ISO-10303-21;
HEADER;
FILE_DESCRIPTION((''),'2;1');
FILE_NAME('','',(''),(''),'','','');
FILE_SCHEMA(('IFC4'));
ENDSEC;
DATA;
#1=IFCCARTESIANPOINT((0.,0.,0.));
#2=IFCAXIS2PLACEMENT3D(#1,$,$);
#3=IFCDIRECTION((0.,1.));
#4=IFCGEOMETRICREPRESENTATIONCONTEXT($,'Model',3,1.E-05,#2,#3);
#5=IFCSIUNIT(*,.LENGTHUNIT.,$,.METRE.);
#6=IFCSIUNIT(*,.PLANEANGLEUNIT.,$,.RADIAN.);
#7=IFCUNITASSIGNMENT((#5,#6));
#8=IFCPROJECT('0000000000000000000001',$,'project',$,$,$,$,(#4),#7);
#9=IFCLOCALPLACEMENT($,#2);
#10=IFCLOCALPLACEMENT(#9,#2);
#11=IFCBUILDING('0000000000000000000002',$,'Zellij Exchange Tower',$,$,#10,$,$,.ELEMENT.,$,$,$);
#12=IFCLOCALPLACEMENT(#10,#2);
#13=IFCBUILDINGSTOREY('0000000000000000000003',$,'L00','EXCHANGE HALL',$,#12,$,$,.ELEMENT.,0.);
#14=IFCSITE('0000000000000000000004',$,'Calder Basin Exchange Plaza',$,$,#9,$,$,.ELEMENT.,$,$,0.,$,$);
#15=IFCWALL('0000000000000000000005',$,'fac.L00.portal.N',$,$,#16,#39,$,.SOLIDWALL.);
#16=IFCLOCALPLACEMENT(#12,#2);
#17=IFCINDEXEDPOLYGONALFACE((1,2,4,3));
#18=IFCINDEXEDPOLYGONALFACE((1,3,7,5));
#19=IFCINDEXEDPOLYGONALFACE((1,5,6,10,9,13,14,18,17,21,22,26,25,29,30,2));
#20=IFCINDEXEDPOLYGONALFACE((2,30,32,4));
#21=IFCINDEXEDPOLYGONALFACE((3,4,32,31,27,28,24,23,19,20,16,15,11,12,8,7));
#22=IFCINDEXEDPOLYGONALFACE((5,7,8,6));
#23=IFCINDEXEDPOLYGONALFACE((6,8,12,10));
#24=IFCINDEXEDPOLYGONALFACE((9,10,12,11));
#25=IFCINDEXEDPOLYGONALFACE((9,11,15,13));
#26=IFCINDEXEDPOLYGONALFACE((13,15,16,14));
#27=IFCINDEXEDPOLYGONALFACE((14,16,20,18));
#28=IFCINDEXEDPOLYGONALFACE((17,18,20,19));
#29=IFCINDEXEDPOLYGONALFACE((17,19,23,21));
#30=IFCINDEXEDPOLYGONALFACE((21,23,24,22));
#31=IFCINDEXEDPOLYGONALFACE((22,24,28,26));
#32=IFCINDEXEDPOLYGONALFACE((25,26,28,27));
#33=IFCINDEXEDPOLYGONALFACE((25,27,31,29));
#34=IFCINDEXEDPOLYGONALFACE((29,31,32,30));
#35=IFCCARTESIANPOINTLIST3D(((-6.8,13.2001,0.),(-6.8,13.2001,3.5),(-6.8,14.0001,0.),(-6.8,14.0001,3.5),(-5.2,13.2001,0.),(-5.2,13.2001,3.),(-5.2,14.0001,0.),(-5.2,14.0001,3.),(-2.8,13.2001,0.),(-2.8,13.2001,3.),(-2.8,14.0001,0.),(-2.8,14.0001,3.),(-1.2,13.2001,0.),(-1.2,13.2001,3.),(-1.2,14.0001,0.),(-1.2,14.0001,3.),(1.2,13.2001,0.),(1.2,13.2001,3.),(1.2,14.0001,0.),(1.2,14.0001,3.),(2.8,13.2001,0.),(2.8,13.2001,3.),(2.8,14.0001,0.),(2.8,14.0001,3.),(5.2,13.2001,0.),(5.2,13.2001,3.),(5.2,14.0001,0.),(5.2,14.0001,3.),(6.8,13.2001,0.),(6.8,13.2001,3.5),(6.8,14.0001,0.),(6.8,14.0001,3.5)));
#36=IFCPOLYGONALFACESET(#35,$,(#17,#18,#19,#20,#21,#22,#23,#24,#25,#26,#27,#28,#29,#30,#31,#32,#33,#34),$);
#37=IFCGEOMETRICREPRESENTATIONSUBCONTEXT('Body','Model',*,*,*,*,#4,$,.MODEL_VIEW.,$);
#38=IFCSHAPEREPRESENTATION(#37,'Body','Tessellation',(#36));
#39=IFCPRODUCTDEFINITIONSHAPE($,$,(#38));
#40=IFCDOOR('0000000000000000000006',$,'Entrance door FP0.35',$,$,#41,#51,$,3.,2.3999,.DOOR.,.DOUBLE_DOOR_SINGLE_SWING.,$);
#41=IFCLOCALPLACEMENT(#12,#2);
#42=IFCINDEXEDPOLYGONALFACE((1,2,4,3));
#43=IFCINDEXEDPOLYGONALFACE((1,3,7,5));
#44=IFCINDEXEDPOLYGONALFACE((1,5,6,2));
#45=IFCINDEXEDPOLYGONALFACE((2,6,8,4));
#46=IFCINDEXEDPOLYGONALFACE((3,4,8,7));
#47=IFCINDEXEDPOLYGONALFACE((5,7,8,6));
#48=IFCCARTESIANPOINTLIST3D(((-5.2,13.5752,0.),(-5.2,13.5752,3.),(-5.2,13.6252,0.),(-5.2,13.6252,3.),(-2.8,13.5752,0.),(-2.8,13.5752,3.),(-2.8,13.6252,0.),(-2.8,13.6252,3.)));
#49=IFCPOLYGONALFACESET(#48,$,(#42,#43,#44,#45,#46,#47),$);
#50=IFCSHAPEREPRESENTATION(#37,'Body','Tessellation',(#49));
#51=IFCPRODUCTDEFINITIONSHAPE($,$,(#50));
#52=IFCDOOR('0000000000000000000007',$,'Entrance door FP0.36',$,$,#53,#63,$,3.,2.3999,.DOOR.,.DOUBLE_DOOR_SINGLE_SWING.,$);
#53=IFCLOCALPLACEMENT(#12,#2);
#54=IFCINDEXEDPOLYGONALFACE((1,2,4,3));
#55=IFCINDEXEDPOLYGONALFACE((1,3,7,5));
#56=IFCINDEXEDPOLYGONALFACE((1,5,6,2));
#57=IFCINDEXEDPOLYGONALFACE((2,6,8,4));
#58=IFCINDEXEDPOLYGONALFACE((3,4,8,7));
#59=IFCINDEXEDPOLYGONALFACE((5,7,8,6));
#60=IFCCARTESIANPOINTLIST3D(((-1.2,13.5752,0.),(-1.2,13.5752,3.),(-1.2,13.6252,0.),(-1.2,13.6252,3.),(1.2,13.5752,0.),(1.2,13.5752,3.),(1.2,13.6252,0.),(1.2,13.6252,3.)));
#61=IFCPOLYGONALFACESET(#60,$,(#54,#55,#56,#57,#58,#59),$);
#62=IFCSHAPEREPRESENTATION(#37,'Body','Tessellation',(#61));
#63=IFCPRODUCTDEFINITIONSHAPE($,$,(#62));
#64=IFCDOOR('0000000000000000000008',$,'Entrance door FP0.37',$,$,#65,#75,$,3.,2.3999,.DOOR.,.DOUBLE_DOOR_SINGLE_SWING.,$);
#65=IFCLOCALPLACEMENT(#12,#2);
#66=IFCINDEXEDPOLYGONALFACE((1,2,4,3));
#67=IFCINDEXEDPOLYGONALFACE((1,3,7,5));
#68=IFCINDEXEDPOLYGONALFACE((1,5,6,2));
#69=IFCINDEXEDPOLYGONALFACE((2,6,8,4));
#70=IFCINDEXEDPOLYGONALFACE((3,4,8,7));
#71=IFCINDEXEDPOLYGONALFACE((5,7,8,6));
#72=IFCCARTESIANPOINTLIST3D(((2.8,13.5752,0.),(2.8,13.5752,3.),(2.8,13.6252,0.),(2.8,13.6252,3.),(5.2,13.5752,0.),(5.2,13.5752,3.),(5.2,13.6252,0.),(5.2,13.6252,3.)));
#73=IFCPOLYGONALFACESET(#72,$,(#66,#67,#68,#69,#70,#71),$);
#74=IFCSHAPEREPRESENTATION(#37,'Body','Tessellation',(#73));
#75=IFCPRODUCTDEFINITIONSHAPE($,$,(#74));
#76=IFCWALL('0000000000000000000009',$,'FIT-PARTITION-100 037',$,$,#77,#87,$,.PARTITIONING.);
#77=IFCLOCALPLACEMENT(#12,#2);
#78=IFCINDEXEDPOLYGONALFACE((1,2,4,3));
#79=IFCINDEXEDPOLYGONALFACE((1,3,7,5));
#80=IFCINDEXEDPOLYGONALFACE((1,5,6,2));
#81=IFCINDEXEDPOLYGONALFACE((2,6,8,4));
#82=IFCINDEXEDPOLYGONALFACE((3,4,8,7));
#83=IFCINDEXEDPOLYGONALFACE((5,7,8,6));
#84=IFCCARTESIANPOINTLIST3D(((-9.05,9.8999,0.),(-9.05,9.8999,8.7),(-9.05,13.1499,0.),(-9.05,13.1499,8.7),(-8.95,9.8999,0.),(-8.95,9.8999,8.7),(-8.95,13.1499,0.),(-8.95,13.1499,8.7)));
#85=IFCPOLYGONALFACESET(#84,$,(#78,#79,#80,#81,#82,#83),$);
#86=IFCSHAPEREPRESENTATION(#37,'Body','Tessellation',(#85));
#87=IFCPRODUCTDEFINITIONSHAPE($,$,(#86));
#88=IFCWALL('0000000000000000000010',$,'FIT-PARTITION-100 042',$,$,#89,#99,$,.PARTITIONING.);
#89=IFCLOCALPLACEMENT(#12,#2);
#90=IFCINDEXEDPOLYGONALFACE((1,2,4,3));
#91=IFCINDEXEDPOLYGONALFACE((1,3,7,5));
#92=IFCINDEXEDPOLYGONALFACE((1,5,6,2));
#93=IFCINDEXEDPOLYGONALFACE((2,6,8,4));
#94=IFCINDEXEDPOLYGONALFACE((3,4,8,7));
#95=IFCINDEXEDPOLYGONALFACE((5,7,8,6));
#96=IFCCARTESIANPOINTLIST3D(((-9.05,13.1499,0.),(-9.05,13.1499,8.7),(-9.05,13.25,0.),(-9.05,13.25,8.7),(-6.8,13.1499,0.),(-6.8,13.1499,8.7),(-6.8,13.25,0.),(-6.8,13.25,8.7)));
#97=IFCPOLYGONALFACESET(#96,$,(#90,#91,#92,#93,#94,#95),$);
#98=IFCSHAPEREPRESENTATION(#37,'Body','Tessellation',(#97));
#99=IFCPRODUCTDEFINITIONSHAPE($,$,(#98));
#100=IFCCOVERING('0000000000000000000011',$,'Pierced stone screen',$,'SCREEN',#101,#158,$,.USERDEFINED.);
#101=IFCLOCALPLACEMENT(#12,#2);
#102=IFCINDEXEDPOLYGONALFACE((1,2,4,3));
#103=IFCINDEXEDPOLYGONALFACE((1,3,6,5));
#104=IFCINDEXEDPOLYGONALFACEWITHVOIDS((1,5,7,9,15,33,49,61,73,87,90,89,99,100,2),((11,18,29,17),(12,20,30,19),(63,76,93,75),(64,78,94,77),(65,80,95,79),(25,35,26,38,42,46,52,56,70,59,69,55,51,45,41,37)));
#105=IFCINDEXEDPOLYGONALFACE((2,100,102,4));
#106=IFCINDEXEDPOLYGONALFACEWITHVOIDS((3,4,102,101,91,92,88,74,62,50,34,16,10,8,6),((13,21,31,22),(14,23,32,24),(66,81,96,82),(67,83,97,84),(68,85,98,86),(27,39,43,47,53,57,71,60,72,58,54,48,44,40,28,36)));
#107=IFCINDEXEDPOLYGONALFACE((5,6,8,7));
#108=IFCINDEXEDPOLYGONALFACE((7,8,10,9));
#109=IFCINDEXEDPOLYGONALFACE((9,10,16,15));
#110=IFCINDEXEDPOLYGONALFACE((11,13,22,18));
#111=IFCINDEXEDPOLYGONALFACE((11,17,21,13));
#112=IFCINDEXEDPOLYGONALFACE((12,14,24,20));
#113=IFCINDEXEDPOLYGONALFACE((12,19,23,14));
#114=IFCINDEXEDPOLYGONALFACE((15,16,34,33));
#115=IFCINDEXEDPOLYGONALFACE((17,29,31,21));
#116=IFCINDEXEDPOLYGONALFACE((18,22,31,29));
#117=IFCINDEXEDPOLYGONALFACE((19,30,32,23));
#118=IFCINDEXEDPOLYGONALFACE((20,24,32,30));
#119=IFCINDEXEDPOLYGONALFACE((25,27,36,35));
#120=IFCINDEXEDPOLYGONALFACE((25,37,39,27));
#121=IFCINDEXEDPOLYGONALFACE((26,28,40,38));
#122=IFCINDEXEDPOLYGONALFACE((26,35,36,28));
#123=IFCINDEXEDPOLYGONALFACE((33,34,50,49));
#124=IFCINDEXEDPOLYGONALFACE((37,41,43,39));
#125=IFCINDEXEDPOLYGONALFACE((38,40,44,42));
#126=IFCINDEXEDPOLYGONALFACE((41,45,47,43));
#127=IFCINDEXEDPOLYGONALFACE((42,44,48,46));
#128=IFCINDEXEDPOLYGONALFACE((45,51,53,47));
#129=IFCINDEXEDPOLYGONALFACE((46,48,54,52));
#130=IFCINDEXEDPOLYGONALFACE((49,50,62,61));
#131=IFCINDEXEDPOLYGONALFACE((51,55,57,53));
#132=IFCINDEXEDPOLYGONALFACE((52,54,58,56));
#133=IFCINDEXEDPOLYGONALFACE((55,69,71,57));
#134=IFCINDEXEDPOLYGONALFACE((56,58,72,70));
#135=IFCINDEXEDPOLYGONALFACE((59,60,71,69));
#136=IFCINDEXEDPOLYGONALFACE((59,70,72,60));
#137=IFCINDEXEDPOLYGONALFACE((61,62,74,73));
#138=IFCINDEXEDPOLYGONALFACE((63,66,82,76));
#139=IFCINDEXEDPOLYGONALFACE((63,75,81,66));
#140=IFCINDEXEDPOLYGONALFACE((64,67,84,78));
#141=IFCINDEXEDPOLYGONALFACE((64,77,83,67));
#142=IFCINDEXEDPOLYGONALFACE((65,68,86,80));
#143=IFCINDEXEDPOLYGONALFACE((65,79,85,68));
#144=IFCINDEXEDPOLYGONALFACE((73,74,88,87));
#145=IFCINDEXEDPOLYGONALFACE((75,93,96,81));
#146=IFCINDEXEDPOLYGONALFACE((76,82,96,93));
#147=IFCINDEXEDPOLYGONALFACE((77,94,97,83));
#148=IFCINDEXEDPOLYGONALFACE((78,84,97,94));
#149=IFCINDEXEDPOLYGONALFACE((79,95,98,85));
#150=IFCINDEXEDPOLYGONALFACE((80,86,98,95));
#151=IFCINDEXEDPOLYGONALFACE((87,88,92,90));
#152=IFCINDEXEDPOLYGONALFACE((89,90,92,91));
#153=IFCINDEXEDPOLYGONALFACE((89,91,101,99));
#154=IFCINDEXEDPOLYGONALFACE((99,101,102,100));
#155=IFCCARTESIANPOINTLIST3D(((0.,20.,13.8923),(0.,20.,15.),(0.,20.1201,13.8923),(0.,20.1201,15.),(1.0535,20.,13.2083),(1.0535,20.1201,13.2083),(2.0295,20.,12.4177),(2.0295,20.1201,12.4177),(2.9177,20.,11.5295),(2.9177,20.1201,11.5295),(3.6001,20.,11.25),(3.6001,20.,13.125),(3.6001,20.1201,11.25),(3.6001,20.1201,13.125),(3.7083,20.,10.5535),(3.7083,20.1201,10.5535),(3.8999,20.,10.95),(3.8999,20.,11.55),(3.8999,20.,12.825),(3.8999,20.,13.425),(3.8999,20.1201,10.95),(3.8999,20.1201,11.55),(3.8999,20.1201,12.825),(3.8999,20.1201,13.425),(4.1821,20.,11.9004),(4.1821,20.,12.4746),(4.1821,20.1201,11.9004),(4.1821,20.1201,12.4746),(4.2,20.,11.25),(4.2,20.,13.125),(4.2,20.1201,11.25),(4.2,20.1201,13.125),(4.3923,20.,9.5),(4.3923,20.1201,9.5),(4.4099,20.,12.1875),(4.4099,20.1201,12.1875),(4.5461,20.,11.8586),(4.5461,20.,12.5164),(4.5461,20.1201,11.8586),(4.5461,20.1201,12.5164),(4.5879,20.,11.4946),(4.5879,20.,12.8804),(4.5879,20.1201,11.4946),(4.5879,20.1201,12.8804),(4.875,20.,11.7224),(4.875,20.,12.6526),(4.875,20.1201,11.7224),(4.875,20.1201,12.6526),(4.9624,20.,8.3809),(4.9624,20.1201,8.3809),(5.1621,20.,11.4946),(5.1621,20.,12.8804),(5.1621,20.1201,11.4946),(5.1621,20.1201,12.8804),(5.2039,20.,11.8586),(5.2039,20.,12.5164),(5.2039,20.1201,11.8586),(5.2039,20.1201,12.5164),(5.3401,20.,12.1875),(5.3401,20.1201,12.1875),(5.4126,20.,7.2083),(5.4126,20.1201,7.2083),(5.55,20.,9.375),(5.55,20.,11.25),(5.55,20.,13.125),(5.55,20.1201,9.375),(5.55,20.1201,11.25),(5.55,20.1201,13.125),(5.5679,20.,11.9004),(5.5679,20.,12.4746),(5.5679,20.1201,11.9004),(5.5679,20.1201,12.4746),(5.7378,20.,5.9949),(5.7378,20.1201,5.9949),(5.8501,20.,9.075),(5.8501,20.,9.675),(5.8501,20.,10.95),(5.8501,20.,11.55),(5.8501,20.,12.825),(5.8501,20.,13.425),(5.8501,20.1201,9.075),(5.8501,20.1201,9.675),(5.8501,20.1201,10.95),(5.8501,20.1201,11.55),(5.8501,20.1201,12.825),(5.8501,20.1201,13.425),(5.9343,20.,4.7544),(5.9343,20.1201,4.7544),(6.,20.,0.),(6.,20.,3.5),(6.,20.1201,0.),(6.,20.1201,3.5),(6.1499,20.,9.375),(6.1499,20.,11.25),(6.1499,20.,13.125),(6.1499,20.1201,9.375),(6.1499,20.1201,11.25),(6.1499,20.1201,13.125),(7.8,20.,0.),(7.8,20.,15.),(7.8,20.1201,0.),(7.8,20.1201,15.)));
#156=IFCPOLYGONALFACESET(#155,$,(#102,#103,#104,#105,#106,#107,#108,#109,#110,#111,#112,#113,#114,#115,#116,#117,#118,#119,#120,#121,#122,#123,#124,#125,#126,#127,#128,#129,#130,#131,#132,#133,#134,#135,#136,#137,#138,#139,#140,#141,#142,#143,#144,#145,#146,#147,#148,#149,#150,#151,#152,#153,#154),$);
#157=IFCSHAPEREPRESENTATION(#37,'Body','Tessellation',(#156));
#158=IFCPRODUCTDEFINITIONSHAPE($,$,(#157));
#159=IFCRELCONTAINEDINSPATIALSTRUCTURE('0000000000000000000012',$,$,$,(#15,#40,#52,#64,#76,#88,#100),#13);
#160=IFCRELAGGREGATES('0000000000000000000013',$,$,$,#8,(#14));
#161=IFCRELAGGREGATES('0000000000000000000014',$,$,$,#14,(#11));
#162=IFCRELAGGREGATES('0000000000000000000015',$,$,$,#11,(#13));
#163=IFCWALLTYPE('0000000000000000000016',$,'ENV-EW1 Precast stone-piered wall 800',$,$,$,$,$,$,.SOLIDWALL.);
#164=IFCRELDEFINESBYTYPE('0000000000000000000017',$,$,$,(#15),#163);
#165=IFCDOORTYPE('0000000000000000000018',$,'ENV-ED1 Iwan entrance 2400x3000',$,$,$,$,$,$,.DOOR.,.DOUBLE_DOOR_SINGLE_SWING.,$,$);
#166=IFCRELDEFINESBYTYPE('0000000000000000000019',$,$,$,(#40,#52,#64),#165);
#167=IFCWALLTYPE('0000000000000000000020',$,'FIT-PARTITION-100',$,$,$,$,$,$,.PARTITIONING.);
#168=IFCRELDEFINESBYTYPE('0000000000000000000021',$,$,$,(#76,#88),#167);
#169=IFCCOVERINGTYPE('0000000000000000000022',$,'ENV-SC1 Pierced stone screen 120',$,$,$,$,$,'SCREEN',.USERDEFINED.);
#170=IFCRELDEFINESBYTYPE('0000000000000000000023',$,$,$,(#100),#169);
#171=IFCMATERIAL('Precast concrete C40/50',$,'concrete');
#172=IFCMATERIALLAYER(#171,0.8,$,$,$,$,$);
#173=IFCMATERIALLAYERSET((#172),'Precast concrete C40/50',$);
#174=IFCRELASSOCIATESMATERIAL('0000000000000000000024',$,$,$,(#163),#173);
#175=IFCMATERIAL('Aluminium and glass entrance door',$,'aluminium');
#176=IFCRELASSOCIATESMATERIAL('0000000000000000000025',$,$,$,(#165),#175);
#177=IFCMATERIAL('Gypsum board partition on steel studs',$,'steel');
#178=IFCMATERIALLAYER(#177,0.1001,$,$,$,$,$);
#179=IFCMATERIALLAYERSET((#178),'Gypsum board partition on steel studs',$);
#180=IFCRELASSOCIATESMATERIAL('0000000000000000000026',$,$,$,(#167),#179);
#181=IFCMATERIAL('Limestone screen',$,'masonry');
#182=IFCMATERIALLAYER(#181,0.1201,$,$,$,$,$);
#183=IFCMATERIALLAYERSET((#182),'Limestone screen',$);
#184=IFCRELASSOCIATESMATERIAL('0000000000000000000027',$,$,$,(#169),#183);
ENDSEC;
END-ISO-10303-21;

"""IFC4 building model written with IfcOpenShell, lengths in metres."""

from ifc_helpers import new_model, si_unit, direction, frame, frame_2d, origin, place, context, subcontext, project, spatial, polyline, rectangle, outline, extrude, material, layer, layer_set, type_object, element, fill, save


model = new_model("IFC4")

# Units and contexts
model_context = context("Model", 3, precision=1e-05, world=origin(), true_north=direction((0.0, 1.0)))
body_context = subcontext(model_context, "Body", "Model", "MODEL_VIEW")
ifc_project = project(units=[si_unit("LENGTHUNIT", "METRE"), si_unit("PLANEANGLEUNIT", "RADIAN")], contexts=[model_context])

# Site, building, storey
site_placement = place(None, origin())
site = spatial("IfcSite", under=ifc_project, at=site_placement, Name="Calder Basin Exchange Plaza", CompositionType="ELEMENT", RefElevation=0.0)
building_placement = place(site_placement, origin())
building = spatial("IfcBuilding", under=site, at=building_placement, Name="Zellij Exchange Tower", CompositionType="ELEMENT")
storey_placement = place(building_placement, origin())
storey = spatial("IfcBuildingStorey", under=building, at=storey_placement, Name="L00", Description="EXCHANGE HALL", CompositionType="ELEMENT", Elevation=0.0)

# Shared definitions
ifc_material_1 = material(Name="Precast concrete C40/50", Category="concrete")
ifc_layer_1 = layer(ifc_material_1, 0.8)
ifc_layer_set_1 = layer_set([ifc_layer_1], Name="Precast concrete C40/50")
wall_type_1 = type_object("IfcWallType", Name="ENV-EW1 Precast stone-piered wall 800", PredefinedType="SOLIDWALL", material=ifc_layer_set_1)

# Wall, openings, doors
wall_1_placement = place(storey_placement, frame((-6.8, 13.6001, 0.0), z_axis=(0.0, 0.0, 1.0), x_axis=(1.0, 0.0, 0.0)))
wall_1 = element("IfcWall", 1, at=wall_1_placement, inside=storey, type_object=wall_type_1, Name="fac.L00.portal.N", PredefinedType="SOLIDWALL", context=body_context, shape_type="SweptSolid", body=[
    extrude(rectangle(XDim=13.6001, YDim=0.8, at=frame_2d((6.8, 0.0))), origin(), (0.0, 0.0, 1.0), 3.5),
])
opening_1_placement = place(wall_1_placement, frame((1.6001, 0.0, 0.0)))
opening_1 = element("IfcOpeningElement", 2, at=opening_1_placement, cuts=wall_1, PredefinedType="OPENING", context=body_context, shape_type="SweptSolid", body=[
    extrude(rectangle(XDim=2.3999, YDim=3.0, at=frame_2d((1.2, 1.5))), frame((0.0, 0.4121, 0.0), z_axis=(0.0, -1.0, 0.0), x_axis=(1.0, 0.0, 0.0)), (0.0, 0.0, 1.0), 0.824),
])
opening_2_placement = place(wall_1_placement, frame((5.6001, 0.0, 0.0)))
opening_2 = element("IfcOpeningElement", 3, at=opening_2_placement, cuts=wall_1, PredefinedType="OPENING", context=body_context, shape_type="SweptSolid", body=[
    extrude(rectangle(XDim=2.3999, YDim=3.0, at=frame_2d((1.2, 1.5))), frame((0.0, 0.4121, 0.0), z_axis=(0.0, -1.0, 0.0), x_axis=(1.0, 0.0, 0.0)), (0.0, 0.0, 1.0), 0.824),
])
opening_3_placement = place(wall_1_placement, frame((9.6001, 0.0, 0.0)))
opening_3 = element("IfcOpeningElement", 4, at=opening_3_placement, cuts=wall_1, PredefinedType="OPENING", context=body_context, shape_type="SweptSolid", body=[
    extrude(rectangle(XDim=2.3999, YDim=3.0, at=frame_2d((1.2, 1.5))), frame((0.0, 0.4121, 0.0), z_axis=(0.0, -1.0, 0.0), x_axis=(1.0, 0.0, 0.0)), (0.0, 0.0, 1.0), 0.824),
])
ifc_material_2 = material(Name="Aluminium and glass entrance door", Category="aluminium")
door_type = type_object("IfcDoorType", Name="ENV-ED1 Iwan entrance 2400x3000", OperationType="DOUBLE_DOOR_SINGLE_SWING", PredefinedType="DOOR", material=ifc_material_2)
door_1_placement = place(opening_1_placement, frame((2.3999, 0.0, 0.0), z_axis=(0.0, 0.0, 1.0), x_axis=(-1.0, 0.0, 0.0)))
door_1 = element("IfcDoor", 5, at=door_1_placement, inside=storey, type_object=door_type, Name="Entrance door FP0.35", OperationType="DOUBLE_DOOR_SINGLE_SWING", OverallHeight=3.0, OverallWidth=2.3999, PredefinedType="DOOR", context=body_context, shape_type="SweptSolid", body=[
    extrude(rectangle(XDim=2.3999, YDim=3.0, at=frame_2d((1.2, 1.5))), frame((0.0, 0.0249, 0.0), z_axis=(0.0, -1.0, 0.0), x_axis=(1.0, 0.0, 0.0)), (0.0, 0.0, 1.0), 0.05),
])
fill(opening_1, door_1)
door_2_placement = place(opening_2_placement, frame((2.3999, 0.0, 0.0), z_axis=(0.0, 0.0, 1.0), x_axis=(-1.0, 0.0, 0.0)))
door_2 = element("IfcDoor", 6, at=door_2_placement, inside=storey, type_object=door_type, Name="Entrance door FP0.36", OperationType="DOUBLE_DOOR_SINGLE_SWING", OverallHeight=3.0, OverallWidth=2.3999, PredefinedType="DOOR", context=body_context, shape_type="SweptSolid", body=[
    extrude(rectangle(XDim=2.3999, YDim=3.0, at=frame_2d((1.2, 1.5))), frame((0.0, 0.0249, 0.0), z_axis=(0.0, -1.0, 0.0), x_axis=(1.0, 0.0, 0.0)), (0.0, 0.0, 1.0), 0.05),
])
fill(opening_2, door_2)
door_3_placement = place(opening_3_placement, frame((2.3999, 0.0, 0.0), z_axis=(0.0, 0.0, 1.0), x_axis=(-1.0, 0.0, 0.0)))
door_3 = element("IfcDoor", 7, at=door_3_placement, inside=storey, type_object=door_type, Name="Entrance door FP0.37", OperationType="DOUBLE_DOOR_SINGLE_SWING", OverallHeight=3.0, OverallWidth=2.3999, PredefinedType="DOOR", context=body_context, shape_type="SweptSolid", body=[
    extrude(rectangle(XDim=2.3999, YDim=3.0, at=frame_2d((1.2, 1.5))), frame((0.0, 0.0249, 0.0), z_axis=(0.0, -1.0, 0.0), x_axis=(1.0, 0.0, 0.0)), (0.0, 0.0, 1.0), 0.05),
])
fill(opening_3, door_3)

# Walls
ifc_material_3 = material(Name="Gypsum board partition on steel studs", Category="steel")
ifc_layer_2 = layer(ifc_material_3, 0.1001)
ifc_layer_set_2 = layer_set([ifc_layer_2], Name="Gypsum board partition on steel studs")
wall_type_2 = type_object("IfcWallType", Name="FIT-PARTITION-100", PredefinedType="PARTITIONING", material=ifc_layer_set_2)
wall_2_placement = place(storey_placement, frame((-9.0, 9.8999, 0.0), z_axis=(0.0, 0.0, 1.0), x_axis=(0.0, 1.0, 0.0)))
element("IfcWall", 8, at=wall_2_placement, inside=storey, type_object=wall_type_2, Name="FIT-PARTITION-100 037", PredefinedType="PARTITIONING", context=body_context, shape_type="SweptSolid", body=[
    extrude(rectangle(XDim=3.25, YDim=0.1001, at=frame_2d((1.625, 0.0))), origin(), (0.0, 0.0, 1.0), 8.7),
])
wall_3_placement = place(storey_placement, frame((-9.05, 13.2, 0.0), z_axis=(0.0, 0.0, 1.0), x_axis=(1.0, 0.0, 0.0)))
element("IfcWall", 9, at=wall_3_placement, inside=storey, type_object=wall_type_2, Name="FIT-PARTITION-100 042", PredefinedType="PARTITIONING", context=body_context, shape_type="SweptSolid", body=[
    extrude(rectangle(XDim=2.25, YDim=0.1001, at=frame_2d((1.125, 0.0))), origin(), (0.0, 0.0, 1.0), 8.7),
])

# Covering
ifc_material_4 = material(Name="Limestone screen", Category="masonry")
ifc_layer_3 = layer(ifc_material_4, 0.1201)
ifc_layer_set_3 = layer_set([ifc_layer_3], Name="Limestone screen")
covering_type = type_object("IfcCoveringType", Name="ENV-SC1 Pierced stone screen 120", ElementType="SCREEN", PredefinedType="USERDEFINED", material=ifc_layer_set_3)
covering_1_placement = place(storey_placement, frame((0.0, 20.0601, 0.0), z_axis=(0.0, 0.0, 1.0), x_axis=(1.0, 0.0, 0.0)))
element("IfcCovering", 10, at=covering_1_placement, inside=storey, type_object=covering_type, Name="Pierced stone screen", ObjectType="SCREEN", PredefinedType="USERDEFINED", context=body_context, shape_type="SweptSolid", body=[
    extrude(outline(polyline([(6.0, 0.0), (7.8, 0.0), (7.8, 15.0), (0.0, 15.0), (0.0, 13.8923), (1.0535, 13.2083), (2.0295, 12.4177), (2.9177, 11.5295), (3.7083, 10.5535), (4.3923, 9.5), (4.9624, 8.3809), (5.4126, 7.2083), (5.7378, 5.9949), (5.9343, 4.7544), (6.0, 3.5), (6.0, 0.0)]), holes=[polyline([(5.5679, 12.4746), (5.2039, 12.5164), (5.1621, 12.8804), (4.875, 12.6526), (4.5879, 12.8804), (4.5461, 12.5164), (4.1821, 12.4746), (4.4099, 12.1875), (4.1821, 11.9004), (4.5461, 11.8586), (4.5879, 11.4946), (4.875, 11.7224), (5.1621, 11.4946), (5.2039, 11.8586), (5.5679, 11.9004), (5.3401, 12.1875), (5.5679, 12.4746)]), polyline([(4.2, 11.25), (3.8999, 11.55), (3.6001, 11.25), (3.8999, 10.95), (4.2, 11.25)]), polyline([(4.2, 13.125), (3.8999, 13.425), (3.6001, 13.125), (3.8999, 12.825), (4.2, 13.125)]), polyline([(6.1499, 9.375), (5.8501, 9.675), (5.55, 9.375), (5.8501, 9.075), (6.1499, 9.375)]), polyline([(6.1499, 11.25), (5.8501, 11.55), (5.55, 11.25), (5.8501, 10.95), (6.1499, 11.25)]), polyline([(6.1499, 13.125), (5.8501, 13.425), (5.55, 13.125), (5.8501, 12.825), (6.1499, 13.125)])]), frame((0.0, 0.0601, 0.0), z_axis=(0.0, -1.0, 0.0), x_axis=(1.0, 0.0, 0.0)), (0.0, 0.0, 1.0), 0.1201),
])

save(model, "model.ifc")
